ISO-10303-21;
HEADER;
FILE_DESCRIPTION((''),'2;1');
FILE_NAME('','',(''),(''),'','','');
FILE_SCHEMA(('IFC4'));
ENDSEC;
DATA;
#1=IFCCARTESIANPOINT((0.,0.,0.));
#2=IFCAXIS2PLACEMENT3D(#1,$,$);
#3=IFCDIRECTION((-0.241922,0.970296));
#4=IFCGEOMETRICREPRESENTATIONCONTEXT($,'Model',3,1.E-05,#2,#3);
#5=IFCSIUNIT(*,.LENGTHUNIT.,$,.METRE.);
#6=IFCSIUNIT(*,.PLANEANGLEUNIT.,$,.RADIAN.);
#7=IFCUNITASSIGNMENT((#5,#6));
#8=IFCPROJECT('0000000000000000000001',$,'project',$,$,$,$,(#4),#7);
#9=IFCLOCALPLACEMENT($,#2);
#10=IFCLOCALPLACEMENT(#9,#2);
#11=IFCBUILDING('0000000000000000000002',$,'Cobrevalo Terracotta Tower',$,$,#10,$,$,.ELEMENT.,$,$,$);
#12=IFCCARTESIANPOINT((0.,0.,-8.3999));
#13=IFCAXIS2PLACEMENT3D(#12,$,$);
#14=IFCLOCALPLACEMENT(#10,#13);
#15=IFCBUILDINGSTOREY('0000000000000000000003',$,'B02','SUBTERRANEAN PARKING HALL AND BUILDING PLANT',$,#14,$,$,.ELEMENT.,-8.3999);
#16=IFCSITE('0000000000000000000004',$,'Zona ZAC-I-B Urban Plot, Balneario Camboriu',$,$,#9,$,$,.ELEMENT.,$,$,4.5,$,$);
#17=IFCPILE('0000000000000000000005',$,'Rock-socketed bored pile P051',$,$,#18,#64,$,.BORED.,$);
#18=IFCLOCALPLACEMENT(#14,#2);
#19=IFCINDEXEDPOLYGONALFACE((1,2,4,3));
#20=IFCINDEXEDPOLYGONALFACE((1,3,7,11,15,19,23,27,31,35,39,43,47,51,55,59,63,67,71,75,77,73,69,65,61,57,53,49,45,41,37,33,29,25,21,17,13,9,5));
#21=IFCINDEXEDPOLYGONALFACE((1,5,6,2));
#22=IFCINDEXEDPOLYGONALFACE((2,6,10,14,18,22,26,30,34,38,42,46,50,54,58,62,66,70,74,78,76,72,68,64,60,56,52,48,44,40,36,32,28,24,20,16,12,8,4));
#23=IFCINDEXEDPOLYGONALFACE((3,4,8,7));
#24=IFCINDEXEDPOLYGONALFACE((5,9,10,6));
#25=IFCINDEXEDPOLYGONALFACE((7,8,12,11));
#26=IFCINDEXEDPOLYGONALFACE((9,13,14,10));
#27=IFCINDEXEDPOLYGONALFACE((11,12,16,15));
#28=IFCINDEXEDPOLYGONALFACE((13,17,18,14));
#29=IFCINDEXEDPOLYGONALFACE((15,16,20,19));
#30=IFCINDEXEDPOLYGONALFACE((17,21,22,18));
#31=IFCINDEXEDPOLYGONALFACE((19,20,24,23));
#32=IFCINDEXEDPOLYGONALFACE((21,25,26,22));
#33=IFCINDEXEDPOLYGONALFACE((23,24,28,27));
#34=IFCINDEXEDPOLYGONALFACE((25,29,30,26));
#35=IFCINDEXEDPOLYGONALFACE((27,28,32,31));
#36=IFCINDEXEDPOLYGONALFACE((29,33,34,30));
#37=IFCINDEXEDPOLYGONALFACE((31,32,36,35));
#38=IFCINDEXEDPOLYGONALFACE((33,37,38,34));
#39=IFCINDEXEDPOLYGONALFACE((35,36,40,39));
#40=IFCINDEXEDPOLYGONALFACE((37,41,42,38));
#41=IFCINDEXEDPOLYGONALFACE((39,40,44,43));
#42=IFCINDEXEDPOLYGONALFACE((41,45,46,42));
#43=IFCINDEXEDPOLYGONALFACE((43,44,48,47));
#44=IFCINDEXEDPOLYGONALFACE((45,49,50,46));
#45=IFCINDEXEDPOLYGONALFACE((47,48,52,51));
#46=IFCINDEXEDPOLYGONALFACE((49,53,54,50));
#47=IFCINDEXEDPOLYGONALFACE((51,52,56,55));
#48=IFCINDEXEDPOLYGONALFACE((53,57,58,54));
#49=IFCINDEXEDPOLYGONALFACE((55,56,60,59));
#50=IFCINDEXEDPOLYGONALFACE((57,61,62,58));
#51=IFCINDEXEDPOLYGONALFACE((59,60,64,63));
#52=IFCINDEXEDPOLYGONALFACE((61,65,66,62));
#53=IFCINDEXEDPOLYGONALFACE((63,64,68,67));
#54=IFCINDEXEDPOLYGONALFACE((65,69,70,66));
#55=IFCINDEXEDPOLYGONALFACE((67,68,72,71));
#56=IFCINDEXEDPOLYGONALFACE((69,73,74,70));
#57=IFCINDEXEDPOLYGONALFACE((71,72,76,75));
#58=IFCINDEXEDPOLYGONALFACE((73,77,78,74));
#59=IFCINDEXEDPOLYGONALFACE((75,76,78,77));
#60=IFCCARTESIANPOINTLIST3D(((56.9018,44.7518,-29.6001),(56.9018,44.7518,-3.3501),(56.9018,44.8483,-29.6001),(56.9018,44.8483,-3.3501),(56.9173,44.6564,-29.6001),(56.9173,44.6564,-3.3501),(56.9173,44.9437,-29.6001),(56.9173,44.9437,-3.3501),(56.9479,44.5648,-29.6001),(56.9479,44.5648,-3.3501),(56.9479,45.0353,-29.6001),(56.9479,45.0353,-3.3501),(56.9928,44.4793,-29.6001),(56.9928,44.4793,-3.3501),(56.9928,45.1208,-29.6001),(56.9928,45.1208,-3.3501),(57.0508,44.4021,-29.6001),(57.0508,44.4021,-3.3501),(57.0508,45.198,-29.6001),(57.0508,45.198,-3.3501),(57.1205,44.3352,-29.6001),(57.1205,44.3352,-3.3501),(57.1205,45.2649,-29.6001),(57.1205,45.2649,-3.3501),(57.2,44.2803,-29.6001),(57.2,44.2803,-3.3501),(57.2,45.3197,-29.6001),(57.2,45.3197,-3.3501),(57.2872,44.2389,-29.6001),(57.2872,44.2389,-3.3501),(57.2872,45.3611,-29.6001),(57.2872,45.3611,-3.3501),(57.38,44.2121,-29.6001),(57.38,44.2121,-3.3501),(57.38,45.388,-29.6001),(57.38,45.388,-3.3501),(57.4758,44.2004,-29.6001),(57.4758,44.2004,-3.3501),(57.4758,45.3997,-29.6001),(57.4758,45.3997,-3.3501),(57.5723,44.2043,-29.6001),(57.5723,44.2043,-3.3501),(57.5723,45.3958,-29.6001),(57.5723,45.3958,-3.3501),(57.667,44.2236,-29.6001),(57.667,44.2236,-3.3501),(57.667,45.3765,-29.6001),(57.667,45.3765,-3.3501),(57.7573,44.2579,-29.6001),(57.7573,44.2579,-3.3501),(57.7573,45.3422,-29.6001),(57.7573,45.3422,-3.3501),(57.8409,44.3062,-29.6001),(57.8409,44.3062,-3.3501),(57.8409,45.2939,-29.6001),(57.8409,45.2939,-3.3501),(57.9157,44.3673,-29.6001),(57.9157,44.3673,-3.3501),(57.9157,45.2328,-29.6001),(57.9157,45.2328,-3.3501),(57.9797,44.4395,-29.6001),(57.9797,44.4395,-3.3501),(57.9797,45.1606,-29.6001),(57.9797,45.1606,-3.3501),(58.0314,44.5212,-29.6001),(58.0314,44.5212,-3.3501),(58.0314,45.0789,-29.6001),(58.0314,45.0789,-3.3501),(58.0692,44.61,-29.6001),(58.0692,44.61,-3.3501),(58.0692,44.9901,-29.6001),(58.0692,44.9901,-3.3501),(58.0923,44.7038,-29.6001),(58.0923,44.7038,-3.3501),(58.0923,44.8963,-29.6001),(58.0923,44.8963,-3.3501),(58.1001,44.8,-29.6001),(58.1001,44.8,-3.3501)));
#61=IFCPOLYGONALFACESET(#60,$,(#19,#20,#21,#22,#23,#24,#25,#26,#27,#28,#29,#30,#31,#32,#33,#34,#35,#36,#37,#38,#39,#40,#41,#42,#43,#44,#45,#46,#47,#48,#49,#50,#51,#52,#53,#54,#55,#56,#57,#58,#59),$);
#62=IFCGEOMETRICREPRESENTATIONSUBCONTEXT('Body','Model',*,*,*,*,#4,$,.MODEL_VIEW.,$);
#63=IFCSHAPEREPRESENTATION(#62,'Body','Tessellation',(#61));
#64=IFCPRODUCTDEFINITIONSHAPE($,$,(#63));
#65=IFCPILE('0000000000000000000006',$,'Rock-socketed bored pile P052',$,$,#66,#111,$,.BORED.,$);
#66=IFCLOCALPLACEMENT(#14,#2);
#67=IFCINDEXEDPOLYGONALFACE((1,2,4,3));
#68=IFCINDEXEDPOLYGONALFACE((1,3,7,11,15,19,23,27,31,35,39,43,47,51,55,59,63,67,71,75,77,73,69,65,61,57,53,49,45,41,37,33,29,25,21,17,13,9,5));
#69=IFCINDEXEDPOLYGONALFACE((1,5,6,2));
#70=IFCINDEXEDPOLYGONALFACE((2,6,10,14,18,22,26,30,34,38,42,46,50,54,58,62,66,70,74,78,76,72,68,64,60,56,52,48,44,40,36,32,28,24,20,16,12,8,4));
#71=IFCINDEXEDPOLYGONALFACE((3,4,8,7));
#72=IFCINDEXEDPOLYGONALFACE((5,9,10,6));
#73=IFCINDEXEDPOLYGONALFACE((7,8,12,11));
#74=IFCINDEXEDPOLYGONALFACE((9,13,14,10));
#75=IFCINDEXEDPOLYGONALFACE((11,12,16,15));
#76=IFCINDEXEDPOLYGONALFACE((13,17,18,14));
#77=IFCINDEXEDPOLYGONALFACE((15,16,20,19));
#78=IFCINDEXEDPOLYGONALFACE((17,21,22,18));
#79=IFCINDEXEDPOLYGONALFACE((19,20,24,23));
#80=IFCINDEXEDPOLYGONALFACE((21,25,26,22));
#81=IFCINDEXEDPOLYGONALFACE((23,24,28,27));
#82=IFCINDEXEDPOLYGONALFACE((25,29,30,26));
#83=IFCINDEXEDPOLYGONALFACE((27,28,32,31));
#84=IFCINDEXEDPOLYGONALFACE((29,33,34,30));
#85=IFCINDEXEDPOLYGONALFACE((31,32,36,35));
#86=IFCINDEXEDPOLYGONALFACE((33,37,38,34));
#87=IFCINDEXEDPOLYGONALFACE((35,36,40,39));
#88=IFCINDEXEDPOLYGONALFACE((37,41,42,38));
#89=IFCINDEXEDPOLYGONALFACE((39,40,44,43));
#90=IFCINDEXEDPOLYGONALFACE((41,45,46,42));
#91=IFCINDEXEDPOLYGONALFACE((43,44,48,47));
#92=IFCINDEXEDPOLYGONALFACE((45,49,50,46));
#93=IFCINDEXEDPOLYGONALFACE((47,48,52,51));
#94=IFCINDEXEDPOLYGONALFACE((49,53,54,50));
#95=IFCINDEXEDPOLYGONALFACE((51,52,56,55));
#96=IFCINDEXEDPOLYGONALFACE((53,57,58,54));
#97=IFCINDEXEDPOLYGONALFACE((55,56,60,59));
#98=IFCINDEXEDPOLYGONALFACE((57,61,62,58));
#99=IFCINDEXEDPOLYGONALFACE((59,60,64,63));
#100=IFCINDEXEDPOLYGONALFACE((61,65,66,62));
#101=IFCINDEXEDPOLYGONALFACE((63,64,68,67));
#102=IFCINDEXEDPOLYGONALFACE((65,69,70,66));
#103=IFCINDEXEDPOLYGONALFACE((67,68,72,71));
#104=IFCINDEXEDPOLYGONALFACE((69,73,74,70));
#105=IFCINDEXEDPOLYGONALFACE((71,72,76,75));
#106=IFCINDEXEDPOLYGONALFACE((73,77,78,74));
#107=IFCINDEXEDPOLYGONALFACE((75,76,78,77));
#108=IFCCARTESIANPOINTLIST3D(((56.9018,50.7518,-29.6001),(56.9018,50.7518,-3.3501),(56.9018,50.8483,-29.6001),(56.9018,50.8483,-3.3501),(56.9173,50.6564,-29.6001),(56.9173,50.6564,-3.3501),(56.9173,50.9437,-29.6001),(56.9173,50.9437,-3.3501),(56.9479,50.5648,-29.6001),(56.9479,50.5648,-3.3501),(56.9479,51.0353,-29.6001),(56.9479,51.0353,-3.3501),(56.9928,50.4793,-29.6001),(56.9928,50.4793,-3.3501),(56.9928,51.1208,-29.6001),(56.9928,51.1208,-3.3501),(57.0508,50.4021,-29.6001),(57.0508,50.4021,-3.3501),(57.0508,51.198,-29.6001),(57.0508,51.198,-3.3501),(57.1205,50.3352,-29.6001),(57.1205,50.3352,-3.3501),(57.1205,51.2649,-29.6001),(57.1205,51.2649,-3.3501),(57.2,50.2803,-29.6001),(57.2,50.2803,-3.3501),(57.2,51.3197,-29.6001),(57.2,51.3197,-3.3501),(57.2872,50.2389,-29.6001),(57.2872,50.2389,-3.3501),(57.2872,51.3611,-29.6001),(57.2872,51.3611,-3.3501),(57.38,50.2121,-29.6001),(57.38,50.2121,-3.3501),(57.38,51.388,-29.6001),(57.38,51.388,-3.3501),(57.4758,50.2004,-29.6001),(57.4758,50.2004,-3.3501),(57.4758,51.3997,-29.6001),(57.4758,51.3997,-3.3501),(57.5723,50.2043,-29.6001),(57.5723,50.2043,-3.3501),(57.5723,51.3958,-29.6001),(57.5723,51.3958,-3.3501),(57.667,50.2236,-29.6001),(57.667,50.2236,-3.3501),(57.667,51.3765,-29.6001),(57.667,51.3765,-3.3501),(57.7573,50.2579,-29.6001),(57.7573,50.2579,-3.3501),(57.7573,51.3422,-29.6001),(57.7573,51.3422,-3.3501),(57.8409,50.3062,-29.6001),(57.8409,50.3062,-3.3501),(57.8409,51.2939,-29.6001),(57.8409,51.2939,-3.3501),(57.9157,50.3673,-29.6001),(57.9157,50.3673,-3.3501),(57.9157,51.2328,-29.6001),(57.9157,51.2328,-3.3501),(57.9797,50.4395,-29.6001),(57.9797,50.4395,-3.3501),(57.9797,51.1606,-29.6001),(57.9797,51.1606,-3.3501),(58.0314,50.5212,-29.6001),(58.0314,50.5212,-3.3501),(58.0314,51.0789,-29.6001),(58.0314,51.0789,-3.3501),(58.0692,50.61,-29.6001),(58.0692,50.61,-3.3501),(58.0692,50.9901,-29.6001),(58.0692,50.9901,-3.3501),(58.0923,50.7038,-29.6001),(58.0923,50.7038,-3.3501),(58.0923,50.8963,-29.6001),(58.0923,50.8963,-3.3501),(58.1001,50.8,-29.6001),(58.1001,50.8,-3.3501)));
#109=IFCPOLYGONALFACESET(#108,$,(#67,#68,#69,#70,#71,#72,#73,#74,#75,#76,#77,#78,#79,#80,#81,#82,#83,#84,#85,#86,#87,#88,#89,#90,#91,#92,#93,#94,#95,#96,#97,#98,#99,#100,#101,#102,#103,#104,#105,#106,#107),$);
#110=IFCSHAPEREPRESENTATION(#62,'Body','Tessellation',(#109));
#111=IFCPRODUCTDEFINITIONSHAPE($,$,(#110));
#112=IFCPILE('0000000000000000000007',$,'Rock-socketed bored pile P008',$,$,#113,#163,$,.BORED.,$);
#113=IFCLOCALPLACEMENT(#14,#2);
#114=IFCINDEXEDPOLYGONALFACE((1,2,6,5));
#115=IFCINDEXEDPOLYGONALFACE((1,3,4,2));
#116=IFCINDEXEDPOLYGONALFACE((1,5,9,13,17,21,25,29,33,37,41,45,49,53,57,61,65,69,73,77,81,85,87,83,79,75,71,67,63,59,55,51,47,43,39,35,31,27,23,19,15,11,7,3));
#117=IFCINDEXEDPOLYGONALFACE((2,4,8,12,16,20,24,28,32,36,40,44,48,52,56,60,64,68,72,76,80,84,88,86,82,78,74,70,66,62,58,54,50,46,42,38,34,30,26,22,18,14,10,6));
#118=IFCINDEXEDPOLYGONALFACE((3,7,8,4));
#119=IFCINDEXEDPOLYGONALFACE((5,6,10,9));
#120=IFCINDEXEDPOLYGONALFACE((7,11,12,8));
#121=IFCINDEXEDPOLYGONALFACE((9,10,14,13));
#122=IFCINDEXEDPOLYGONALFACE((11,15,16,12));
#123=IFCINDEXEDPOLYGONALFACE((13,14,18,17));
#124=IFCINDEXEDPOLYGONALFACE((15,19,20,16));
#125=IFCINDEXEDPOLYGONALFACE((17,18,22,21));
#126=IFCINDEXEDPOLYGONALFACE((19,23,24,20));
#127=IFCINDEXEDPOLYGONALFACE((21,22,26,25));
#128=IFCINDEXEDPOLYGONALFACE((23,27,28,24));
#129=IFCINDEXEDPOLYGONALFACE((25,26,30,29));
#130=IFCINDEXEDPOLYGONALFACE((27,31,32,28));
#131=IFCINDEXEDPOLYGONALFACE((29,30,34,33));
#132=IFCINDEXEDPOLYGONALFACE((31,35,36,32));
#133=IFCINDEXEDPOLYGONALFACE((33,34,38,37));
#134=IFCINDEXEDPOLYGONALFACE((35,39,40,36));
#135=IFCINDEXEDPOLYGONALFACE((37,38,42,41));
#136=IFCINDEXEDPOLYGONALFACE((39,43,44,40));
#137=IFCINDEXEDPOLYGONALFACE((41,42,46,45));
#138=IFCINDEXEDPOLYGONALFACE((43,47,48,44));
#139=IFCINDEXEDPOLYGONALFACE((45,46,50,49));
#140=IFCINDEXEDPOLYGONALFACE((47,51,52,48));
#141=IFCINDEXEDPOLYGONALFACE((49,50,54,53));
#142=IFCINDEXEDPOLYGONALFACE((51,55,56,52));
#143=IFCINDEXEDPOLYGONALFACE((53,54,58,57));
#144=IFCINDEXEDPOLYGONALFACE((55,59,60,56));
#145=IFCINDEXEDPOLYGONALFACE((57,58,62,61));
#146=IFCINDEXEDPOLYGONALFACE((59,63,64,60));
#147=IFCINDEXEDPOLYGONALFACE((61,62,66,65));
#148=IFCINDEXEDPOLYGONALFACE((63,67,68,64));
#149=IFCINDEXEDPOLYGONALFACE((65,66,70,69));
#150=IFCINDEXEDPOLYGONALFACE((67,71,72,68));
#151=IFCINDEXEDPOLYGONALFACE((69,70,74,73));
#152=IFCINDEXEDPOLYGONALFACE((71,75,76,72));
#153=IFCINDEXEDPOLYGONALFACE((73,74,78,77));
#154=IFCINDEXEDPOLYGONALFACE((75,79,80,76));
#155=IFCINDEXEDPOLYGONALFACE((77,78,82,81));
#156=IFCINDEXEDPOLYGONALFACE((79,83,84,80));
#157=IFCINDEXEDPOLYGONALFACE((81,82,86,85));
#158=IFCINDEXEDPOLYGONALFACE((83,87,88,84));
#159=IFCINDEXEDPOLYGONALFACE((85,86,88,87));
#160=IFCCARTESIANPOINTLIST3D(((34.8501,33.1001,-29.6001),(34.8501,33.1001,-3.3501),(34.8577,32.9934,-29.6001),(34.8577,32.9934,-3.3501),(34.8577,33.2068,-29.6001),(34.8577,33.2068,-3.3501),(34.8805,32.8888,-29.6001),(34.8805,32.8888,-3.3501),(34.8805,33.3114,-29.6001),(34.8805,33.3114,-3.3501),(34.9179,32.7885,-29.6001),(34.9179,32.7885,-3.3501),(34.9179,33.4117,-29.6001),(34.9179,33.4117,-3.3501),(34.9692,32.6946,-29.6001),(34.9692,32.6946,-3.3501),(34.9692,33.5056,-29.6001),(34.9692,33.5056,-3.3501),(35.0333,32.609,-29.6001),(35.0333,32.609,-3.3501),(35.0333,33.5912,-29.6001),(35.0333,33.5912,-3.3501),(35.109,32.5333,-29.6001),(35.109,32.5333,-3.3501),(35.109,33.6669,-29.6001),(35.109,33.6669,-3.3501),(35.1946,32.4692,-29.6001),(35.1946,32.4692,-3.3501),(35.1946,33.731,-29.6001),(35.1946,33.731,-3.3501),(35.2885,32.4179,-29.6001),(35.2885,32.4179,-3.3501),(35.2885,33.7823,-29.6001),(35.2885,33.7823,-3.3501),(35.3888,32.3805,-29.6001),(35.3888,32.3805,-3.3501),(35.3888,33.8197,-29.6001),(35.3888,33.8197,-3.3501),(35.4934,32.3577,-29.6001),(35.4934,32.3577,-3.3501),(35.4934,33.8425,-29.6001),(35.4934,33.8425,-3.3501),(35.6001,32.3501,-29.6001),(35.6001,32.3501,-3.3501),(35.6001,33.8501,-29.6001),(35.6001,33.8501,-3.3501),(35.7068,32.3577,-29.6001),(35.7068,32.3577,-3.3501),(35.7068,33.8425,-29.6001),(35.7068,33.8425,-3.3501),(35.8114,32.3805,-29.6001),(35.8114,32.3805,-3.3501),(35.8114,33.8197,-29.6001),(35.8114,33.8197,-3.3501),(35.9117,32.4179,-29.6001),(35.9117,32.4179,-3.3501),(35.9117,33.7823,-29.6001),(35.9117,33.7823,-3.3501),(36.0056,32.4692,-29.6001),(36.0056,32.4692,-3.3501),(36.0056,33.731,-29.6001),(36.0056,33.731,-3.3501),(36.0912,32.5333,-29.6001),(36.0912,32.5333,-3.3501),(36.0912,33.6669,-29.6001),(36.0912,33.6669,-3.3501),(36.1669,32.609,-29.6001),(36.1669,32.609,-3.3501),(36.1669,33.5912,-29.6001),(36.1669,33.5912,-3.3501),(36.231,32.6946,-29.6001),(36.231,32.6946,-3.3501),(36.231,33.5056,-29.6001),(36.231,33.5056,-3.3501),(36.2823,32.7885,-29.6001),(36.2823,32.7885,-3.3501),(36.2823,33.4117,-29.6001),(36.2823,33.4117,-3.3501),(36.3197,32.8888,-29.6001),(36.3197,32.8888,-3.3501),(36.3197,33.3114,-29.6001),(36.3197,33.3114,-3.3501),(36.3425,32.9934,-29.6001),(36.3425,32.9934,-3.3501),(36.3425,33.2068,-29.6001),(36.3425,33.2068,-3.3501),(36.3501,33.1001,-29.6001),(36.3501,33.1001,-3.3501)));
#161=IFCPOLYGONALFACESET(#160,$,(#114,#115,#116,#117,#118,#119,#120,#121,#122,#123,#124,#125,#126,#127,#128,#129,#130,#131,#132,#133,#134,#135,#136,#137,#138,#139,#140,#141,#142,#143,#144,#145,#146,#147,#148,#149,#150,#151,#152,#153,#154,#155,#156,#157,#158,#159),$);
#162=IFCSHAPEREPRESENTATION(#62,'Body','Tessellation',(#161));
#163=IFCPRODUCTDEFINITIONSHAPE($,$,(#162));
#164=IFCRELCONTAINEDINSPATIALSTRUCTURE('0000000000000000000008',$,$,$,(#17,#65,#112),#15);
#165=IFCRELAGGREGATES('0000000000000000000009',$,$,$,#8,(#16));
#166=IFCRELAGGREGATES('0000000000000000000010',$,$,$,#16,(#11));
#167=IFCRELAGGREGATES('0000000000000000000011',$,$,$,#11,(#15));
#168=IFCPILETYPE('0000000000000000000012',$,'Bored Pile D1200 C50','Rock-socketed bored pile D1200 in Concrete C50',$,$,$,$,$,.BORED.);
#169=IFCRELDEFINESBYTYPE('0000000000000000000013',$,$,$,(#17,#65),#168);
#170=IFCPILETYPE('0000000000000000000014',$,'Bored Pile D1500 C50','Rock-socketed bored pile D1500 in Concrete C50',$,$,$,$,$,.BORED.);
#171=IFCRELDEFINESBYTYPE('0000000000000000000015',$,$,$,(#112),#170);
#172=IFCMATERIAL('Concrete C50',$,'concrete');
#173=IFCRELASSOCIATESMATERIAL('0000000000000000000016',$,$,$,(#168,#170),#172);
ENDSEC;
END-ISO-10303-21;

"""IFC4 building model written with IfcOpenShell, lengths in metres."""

from ifc_helpers import new_model, si_unit, direction, frame, origin, origin_2d, place, context, subcontext, project, spatial, circle, extrude, material, material_profile, profile_set, type_object, element, save


model = new_model("IFC4")

# Units and contexts
model_context = context("Model", 3, precision=1e-05, world=origin(), true_north=direction((-0.241922, 0.970296)))
body_context = subcontext(model_context, "Body", "Model", "MODEL_VIEW")
ifc_project = project(units=[si_unit("LENGTHUNIT", "METRE"), si_unit("PLANEANGLEUNIT", "RADIAN")], contexts=[model_context])

# Site, building, storey
site_placement = place(None, origin())
site = spatial("IfcSite", under=ifc_project, at=site_placement, Name="Zona ZAC-I-B Urban Plot, Balneario Camboriu", CompositionType="ELEMENT", RefElevation=4.5)
building_placement = place(site_placement, origin())
building = spatial("IfcBuilding", under=site, at=building_placement, Name="Cobrevalo Terracotta Tower", CompositionType="ELEMENT")
storey_placement = place(building_placement, frame((0.0, 0.0, -8.3999)))
storey = spatial("IfcBuildingStorey", under=building, at=storey_placement, Name="B02", Description="SUBTERRANEAN PARKING HALL AND BUILDING PLANT", CompositionType="ELEMENT", Elevation=-8.3999)

# Piles
ifc_material_1 = material(Name="Concrete C50", Category="concrete")
ifc_material_profile_1 = material_profile(ifc_material_1, circle(Radius=0.6001, at=origin_2d()), Name="PILE D1200")
ifc_profile_set_1 = profile_set([ifc_material_profile_1], Name="Concrete C50")
pile_type_1 = type_object("IfcPileType", Name="Bored Pile D1200 C50", Description="Rock-socketed bored pile D1200 in Concrete C50", PredefinedType="BORED", material=ifc_profile_set_1)
for number, where, z_axis, x_axis, name in (
    (1, (57.5, 44.8, -3.3501), (0.0, 0.0, -1.0), (1.0, 0.0, 0.0), "Rock-socketed bored pile P051"),
    (2, (57.5, 50.8, -3.3501), (0.0, 0.0, -1.0), (1.0, 0.0, 0.0), "Rock-socketed bored pile P052"),
):
    element("IfcPile", number, at=place(storey_placement, frame(where, z_axis=z_axis, x_axis=x_axis)), inside=storey, type_object=pile_type_1, Name=name, PredefinedType="BORED", context=body_context, shape_type="SweptSolid", body=[
        extrude(circle(Radius=0.6001, at=origin_2d()), origin(), (0.0, 0.0, 1.0), 26.25),
    ])
ifc_material_profile_2 = material_profile(ifc_material_1, circle(Radius=0.75, at=origin_2d()), Name="PILE D1500")
ifc_profile_set_2 = profile_set([ifc_material_profile_2], Name="Concrete C50")
pile_type_2 = type_object("IfcPileType", Name="Bored Pile D1500 C50", Description="Rock-socketed bored pile D1500 in Concrete C50", PredefinedType="BORED", material=ifc_profile_set_2)
for number, where, z_axis, x_axis, name in (
    (3, (35.6001, 33.1001, -3.3501), (0.0, 0.0, -1.0), (1.0, 0.0, 0.0), "Rock-socketed bored pile P008"),
):
    element("IfcPile", number, at=place(storey_placement, frame(where, z_axis=z_axis, x_axis=x_axis)), inside=storey, type_object=pile_type_2, Name=name, PredefinedType="BORED", context=body_context, shape_type="SweptSolid", body=[
        extrude(circle(Radius=0.75, at=origin_2d()), origin(), (0.0, 0.0, 1.0), 26.25),
    ])

save(model, "model.ifc")
